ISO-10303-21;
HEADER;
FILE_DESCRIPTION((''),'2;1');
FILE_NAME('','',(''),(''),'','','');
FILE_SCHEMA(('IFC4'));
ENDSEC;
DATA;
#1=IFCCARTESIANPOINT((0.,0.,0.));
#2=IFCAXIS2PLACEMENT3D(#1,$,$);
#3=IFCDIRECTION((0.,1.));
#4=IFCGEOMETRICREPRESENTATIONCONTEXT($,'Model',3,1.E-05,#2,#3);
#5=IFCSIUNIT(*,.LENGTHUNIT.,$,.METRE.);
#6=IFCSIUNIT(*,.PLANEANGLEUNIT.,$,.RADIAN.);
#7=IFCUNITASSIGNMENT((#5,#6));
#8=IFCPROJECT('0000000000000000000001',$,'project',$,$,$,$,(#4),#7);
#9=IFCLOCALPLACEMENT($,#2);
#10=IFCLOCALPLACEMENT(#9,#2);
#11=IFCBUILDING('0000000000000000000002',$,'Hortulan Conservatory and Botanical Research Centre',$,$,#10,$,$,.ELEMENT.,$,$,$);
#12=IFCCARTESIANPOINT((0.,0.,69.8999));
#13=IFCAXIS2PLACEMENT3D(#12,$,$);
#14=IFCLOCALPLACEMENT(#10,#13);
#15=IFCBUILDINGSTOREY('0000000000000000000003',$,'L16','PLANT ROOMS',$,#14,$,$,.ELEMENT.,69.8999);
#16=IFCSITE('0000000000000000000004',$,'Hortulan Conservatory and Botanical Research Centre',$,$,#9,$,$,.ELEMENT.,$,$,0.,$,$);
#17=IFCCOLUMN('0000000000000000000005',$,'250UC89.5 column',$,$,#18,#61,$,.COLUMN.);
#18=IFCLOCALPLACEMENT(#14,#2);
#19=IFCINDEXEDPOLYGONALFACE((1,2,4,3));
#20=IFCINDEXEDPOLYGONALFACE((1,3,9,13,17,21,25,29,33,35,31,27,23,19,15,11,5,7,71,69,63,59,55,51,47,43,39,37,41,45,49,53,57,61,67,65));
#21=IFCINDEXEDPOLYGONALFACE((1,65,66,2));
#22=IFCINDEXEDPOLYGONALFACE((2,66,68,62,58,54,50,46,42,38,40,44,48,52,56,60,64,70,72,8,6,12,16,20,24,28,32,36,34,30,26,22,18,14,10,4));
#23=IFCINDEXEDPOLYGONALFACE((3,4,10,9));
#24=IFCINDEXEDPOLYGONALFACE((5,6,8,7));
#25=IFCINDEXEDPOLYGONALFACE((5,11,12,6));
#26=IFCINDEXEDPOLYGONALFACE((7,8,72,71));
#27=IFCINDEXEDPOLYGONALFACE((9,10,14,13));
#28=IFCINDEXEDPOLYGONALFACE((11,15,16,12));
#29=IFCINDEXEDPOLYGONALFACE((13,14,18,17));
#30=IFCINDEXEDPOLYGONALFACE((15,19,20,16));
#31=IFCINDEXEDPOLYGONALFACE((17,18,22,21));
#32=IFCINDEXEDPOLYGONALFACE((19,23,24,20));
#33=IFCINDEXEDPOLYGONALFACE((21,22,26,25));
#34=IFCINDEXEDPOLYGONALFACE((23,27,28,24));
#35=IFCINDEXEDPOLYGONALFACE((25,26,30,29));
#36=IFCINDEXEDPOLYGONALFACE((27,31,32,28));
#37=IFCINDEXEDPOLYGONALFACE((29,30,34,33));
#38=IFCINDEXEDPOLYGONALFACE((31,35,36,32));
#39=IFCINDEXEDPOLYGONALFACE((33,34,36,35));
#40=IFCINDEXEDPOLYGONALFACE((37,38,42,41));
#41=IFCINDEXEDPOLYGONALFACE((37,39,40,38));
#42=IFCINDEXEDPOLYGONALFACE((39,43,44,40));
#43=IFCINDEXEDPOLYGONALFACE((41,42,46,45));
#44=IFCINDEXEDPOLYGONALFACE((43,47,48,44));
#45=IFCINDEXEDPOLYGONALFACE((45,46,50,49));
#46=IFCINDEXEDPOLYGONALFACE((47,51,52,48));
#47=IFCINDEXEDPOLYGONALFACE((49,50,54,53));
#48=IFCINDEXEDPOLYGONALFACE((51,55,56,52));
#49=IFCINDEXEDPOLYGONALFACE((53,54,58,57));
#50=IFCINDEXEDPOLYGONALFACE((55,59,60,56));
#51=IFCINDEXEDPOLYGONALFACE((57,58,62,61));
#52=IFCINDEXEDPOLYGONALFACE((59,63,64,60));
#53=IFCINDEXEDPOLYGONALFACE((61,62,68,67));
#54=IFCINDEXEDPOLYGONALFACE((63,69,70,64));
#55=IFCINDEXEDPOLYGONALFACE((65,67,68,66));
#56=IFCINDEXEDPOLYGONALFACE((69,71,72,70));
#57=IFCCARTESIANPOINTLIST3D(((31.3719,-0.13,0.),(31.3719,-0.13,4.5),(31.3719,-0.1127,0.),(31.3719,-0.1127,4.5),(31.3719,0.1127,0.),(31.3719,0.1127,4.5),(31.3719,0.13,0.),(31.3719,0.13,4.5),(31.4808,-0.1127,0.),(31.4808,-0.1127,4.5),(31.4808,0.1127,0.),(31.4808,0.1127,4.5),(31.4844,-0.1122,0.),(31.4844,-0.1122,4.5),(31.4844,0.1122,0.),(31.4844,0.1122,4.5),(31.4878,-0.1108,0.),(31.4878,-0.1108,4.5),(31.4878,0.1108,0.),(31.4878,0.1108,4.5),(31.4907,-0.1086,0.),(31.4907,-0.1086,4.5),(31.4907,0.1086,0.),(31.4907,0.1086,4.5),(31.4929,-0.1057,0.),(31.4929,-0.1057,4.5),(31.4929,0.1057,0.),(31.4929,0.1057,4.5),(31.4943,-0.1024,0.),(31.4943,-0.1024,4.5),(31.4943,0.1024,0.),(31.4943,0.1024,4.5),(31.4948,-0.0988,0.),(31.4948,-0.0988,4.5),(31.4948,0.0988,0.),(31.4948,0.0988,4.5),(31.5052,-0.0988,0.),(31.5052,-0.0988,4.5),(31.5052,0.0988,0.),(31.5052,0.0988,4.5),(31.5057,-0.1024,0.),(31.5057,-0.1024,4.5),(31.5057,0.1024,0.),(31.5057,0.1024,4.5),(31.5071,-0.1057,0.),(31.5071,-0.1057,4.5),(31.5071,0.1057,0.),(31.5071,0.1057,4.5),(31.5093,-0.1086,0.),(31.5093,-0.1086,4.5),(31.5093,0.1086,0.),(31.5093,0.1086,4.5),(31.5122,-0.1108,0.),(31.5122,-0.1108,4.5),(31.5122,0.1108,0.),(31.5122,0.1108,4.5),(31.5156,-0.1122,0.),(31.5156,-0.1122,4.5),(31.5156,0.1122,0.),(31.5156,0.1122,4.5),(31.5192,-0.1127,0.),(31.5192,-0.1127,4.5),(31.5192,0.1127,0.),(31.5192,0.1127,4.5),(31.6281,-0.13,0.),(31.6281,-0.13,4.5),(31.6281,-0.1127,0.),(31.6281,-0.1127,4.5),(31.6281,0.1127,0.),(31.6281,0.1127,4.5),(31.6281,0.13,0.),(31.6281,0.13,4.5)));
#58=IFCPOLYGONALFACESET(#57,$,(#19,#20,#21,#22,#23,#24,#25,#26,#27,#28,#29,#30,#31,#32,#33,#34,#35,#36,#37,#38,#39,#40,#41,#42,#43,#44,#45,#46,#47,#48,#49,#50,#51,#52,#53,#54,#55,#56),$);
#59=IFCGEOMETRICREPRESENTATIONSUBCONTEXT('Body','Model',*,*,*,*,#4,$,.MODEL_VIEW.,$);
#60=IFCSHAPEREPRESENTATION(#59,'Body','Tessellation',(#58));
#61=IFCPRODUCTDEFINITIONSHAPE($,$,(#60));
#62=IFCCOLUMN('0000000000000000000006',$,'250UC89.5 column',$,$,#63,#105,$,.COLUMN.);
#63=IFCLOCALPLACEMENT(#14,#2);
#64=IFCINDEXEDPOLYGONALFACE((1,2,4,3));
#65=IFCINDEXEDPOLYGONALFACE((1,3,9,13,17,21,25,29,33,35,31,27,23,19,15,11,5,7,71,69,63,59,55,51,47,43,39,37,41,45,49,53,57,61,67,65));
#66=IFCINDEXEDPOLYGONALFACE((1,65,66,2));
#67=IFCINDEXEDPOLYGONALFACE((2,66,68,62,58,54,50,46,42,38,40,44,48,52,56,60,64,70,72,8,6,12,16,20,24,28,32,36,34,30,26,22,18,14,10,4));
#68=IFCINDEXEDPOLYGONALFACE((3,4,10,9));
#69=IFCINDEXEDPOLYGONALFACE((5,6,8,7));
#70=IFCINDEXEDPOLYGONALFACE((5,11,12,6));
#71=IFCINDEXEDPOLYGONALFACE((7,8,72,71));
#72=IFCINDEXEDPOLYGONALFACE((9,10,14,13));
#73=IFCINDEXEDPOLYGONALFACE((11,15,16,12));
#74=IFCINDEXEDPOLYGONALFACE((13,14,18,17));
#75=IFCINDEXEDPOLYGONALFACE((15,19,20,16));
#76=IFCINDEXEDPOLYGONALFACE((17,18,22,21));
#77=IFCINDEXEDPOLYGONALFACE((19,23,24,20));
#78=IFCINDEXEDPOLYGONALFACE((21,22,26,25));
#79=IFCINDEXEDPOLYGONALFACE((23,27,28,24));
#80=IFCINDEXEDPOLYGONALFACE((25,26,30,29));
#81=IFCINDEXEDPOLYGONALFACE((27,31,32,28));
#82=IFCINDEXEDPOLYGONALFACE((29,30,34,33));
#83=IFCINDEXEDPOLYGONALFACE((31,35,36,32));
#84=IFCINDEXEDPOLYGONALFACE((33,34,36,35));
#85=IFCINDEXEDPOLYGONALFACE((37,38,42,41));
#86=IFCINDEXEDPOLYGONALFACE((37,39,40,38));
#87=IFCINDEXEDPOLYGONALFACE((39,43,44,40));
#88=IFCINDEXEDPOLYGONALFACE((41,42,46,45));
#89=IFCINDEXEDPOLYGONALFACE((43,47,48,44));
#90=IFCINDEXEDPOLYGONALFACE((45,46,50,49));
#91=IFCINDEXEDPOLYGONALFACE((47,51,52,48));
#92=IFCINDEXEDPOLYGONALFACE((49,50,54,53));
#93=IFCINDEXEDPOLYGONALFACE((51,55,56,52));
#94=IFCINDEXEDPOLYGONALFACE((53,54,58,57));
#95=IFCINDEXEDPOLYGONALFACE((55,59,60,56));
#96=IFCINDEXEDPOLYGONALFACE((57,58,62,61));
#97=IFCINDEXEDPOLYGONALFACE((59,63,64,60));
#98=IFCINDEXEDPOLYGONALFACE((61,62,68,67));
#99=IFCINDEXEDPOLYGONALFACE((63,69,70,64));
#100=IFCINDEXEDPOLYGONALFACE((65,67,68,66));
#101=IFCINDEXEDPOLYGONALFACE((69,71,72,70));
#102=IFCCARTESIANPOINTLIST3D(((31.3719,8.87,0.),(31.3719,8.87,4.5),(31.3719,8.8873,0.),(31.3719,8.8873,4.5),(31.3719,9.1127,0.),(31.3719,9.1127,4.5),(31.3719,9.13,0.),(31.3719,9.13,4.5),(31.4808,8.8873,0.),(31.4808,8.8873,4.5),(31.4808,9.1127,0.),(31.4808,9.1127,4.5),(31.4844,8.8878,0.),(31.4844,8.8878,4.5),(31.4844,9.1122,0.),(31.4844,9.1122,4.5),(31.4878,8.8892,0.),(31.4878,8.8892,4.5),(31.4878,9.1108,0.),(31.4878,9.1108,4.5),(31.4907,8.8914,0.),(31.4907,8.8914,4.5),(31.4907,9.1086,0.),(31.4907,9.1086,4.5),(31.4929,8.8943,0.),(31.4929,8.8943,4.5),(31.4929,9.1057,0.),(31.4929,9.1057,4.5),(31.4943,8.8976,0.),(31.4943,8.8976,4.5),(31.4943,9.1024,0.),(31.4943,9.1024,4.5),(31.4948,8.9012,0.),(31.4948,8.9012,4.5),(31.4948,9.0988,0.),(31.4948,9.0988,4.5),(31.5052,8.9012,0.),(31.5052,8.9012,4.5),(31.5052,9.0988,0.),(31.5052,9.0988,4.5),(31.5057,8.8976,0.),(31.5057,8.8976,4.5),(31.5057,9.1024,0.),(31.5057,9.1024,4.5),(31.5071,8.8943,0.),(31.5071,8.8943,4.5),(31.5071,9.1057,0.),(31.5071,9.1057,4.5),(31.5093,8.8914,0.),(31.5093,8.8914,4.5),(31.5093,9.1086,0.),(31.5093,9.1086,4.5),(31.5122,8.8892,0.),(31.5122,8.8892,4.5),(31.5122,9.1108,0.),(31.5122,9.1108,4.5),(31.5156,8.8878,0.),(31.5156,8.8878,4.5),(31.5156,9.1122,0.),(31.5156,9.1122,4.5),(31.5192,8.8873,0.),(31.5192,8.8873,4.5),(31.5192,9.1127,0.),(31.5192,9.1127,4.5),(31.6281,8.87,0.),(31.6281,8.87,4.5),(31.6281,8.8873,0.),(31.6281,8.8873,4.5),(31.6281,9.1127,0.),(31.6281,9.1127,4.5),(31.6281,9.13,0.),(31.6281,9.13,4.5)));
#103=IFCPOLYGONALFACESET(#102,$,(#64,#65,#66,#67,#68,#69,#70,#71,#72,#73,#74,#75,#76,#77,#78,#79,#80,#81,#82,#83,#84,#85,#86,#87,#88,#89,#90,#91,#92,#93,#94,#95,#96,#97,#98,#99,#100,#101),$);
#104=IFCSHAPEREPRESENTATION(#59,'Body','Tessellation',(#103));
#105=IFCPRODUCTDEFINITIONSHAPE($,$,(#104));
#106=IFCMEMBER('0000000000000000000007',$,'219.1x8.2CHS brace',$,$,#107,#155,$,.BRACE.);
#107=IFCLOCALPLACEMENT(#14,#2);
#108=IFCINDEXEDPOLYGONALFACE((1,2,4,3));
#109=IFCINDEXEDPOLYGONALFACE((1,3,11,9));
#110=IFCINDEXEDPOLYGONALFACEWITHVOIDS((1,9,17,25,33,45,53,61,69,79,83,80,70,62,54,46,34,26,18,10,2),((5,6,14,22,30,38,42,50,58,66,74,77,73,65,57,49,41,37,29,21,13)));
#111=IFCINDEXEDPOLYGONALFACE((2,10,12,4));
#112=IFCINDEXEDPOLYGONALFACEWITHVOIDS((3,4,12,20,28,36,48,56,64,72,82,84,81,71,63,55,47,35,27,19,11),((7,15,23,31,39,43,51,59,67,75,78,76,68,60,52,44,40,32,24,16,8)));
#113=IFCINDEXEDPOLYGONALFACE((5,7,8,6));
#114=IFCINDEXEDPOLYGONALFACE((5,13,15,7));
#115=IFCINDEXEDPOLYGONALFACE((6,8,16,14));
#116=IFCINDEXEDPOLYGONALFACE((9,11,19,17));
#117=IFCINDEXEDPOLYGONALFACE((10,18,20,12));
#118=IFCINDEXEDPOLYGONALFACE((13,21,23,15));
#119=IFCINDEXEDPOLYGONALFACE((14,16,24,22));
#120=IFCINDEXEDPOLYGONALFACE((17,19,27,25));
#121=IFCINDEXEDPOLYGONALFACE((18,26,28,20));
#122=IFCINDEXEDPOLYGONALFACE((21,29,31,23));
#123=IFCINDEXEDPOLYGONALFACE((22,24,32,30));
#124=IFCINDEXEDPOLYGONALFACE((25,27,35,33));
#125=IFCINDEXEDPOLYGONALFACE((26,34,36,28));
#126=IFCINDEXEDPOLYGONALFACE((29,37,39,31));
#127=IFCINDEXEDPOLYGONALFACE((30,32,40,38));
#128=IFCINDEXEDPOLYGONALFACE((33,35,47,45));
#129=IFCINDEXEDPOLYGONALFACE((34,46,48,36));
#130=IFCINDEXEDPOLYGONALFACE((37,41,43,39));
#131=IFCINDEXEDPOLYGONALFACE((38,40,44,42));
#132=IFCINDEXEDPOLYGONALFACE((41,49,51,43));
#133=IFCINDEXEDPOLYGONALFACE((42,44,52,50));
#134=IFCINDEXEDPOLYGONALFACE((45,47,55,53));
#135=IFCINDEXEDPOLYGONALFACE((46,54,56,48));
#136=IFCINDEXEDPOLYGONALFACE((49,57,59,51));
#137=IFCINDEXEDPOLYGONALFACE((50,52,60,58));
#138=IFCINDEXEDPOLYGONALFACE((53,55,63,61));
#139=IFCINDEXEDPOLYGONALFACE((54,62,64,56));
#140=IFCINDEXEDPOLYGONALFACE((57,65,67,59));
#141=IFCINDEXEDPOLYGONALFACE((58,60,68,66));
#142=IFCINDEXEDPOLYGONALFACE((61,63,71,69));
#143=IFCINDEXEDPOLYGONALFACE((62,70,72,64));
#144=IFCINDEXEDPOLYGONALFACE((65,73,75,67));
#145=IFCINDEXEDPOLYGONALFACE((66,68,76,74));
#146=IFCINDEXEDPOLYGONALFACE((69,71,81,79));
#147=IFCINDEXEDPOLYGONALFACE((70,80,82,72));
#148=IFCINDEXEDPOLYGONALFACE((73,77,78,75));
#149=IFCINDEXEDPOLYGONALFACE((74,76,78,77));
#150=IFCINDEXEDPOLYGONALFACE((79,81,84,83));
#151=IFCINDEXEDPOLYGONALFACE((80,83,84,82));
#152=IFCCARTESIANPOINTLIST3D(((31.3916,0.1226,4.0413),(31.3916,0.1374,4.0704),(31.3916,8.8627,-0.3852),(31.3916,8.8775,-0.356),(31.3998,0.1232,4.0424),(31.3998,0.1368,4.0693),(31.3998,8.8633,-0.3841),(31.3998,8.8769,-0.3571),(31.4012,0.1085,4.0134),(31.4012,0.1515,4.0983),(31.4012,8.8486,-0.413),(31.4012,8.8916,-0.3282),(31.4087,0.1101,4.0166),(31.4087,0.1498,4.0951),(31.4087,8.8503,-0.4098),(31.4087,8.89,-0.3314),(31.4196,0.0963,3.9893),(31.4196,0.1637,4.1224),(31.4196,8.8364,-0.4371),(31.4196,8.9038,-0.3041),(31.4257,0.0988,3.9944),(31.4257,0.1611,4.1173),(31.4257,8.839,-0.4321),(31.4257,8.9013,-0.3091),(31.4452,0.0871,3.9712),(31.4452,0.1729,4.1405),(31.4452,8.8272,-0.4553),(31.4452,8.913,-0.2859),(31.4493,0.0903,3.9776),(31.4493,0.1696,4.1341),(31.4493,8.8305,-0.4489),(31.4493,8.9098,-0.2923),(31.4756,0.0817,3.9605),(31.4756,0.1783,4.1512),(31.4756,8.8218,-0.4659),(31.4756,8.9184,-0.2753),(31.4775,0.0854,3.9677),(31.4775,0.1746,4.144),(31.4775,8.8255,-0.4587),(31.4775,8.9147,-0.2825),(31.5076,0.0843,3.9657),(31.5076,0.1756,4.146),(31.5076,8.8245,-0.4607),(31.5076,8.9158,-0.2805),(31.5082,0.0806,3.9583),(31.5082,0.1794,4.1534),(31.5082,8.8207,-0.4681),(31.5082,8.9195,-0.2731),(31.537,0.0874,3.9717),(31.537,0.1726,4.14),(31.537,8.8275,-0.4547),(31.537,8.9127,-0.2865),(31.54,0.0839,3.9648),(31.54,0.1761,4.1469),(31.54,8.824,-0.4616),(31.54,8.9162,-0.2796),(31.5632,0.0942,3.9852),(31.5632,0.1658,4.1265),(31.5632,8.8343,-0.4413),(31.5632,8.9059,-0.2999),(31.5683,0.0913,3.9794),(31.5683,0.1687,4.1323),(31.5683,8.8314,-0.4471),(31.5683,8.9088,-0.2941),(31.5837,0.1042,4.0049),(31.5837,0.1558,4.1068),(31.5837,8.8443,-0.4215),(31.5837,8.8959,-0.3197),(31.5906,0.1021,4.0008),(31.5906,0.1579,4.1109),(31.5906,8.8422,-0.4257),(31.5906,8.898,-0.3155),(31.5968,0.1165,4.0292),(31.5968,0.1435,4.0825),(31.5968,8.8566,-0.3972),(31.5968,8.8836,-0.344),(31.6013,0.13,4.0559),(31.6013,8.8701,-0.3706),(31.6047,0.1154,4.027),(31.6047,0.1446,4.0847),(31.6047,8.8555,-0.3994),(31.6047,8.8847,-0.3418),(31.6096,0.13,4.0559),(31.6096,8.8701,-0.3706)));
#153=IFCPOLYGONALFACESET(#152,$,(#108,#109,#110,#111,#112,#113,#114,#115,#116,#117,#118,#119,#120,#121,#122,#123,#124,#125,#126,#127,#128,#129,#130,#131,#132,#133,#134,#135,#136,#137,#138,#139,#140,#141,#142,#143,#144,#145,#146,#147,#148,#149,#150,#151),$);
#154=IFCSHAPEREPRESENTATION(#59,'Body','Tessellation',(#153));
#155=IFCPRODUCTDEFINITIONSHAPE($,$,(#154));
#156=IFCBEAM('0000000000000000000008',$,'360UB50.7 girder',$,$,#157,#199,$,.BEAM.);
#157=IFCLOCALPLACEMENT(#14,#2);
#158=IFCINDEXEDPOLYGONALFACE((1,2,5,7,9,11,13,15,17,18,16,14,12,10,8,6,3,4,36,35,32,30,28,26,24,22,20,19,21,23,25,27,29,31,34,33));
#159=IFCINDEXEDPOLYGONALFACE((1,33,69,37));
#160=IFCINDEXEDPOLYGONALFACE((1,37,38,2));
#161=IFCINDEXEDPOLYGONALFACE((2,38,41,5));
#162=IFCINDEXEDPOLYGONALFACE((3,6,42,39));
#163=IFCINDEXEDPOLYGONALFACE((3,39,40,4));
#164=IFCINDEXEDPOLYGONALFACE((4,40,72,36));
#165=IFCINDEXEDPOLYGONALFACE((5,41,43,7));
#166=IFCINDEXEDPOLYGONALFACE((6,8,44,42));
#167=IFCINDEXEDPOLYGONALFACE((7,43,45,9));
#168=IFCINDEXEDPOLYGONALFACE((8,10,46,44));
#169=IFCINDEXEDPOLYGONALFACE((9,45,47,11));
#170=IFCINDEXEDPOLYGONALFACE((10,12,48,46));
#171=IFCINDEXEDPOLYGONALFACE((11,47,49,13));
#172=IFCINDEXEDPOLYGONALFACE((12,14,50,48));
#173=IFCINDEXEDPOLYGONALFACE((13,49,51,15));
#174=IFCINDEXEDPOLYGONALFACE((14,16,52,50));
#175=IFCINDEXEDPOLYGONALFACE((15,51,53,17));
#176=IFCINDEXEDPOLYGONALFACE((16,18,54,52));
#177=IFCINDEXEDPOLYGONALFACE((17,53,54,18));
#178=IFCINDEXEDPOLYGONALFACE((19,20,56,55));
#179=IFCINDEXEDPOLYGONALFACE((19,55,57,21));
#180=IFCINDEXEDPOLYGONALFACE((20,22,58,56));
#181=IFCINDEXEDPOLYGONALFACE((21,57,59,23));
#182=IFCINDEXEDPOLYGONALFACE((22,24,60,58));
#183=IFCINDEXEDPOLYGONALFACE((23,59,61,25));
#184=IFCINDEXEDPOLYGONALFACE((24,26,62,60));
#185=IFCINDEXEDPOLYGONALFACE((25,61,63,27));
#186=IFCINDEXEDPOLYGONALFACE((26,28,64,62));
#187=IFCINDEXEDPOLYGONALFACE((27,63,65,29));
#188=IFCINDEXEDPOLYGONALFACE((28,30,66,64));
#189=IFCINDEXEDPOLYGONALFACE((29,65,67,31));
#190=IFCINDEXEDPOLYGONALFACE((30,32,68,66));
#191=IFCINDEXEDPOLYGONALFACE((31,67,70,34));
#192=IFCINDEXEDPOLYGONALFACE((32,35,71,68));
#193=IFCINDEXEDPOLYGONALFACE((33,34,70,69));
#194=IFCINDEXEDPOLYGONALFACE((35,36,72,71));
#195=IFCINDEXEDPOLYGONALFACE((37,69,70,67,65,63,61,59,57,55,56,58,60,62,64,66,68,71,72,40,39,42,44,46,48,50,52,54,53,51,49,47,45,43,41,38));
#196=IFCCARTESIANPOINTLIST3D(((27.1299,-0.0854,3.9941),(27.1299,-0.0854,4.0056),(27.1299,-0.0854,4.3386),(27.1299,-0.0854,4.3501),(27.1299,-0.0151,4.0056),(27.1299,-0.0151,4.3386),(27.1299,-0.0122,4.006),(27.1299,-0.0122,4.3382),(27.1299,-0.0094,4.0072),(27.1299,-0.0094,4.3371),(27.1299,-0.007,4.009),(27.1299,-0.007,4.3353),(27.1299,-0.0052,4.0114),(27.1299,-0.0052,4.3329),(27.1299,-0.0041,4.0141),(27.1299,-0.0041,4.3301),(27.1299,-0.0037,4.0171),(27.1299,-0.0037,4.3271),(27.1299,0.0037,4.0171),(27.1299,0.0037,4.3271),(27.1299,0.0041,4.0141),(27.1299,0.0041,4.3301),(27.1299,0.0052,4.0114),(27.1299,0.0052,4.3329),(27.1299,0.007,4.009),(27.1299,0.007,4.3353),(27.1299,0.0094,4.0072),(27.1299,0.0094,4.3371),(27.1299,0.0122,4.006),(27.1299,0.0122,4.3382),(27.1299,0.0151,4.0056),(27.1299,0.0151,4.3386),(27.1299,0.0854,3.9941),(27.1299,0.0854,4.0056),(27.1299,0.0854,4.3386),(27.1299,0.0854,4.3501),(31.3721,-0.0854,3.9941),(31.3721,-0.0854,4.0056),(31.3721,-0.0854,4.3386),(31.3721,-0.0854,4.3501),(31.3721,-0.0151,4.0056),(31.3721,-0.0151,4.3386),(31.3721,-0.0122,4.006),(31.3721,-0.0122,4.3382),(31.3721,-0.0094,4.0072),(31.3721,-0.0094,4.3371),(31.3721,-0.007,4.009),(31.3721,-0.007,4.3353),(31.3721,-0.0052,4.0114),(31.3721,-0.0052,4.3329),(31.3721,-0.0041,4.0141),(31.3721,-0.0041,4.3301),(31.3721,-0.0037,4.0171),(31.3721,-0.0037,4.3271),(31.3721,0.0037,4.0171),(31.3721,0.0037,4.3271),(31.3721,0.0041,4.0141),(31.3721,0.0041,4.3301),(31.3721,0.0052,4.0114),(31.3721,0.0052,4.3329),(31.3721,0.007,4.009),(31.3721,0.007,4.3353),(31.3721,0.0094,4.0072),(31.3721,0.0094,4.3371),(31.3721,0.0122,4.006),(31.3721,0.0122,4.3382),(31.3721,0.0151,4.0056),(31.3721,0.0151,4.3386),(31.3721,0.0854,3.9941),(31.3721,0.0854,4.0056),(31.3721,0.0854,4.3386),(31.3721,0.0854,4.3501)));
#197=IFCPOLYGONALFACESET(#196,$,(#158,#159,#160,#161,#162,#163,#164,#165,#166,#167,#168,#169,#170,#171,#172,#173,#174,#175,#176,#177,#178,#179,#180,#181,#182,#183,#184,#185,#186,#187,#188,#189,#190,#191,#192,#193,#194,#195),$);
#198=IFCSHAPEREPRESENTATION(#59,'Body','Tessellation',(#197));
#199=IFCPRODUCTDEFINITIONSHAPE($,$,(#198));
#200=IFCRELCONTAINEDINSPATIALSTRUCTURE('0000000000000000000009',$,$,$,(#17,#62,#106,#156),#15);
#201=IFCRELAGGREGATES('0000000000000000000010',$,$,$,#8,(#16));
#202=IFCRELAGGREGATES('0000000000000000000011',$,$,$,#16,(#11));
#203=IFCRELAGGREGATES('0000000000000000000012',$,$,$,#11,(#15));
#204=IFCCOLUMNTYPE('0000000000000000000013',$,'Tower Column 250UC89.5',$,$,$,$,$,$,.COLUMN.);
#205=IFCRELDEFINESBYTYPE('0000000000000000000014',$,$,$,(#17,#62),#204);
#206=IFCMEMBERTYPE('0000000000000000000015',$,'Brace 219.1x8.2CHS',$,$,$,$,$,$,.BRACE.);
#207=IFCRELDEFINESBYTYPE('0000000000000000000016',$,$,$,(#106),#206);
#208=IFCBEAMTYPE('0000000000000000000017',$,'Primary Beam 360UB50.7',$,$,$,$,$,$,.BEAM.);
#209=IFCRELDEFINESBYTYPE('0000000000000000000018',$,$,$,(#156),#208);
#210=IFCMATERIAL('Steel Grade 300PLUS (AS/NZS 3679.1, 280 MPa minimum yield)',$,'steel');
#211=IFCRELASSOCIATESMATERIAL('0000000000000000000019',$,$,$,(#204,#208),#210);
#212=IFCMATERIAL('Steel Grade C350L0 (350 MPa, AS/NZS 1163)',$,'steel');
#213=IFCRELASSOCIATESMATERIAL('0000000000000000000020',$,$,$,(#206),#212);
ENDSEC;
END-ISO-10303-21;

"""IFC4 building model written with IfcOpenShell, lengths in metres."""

from ifc_helpers import new_model, si_unit, direction, frame, origin, origin_2d, place, context, subcontext, project, spatial, hollow_circle, i_section, extrude, material, material_profile, profile_set, type_object, element, save


model = new_model("IFC4")

# Units and contexts
model_context = context("Model", 3, precision=1e-05, world=origin(), true_north=direction((0.0, 1.0)))
body_context = subcontext(model_context, "Body", "Model", "MODEL_VIEW")
ifc_project = project(units=[si_unit("LENGTHUNIT", "METRE"), si_unit("PLANEANGLEUNIT", "RADIAN")], contexts=[model_context])

# Site, building, storey
site_placement = place(None, origin())
site = spatial("IfcSite", under=ifc_project, at=site_placement, Name="Hortulan Conservatory and Botanical Research Centre", CompositionType="ELEMENT", RefElevation=0.0)
building_placement = place(site_placement, origin())
building = spatial("IfcBuilding", under=site, at=building_placement, Name="Hortulan Conservatory and Botanical Research Centre", CompositionType="ELEMENT")
storey_placement = place(building_placement, frame((0.0, 0.0, 69.8999)))
storey = spatial("IfcBuildingStorey", under=building, at=storey_placement, Name="L16", Description="PLANT ROOMS", CompositionType="ELEMENT", Elevation=69.8999)

# Columns
ifc_material_1 = material(Name="Steel Grade 300PLUS (AS/NZS 3679.1, 280 MPa minimum yield)", Category="steel")
ifc_material_profile_1 = material_profile(ifc_material_1, i_section(OverallWidth=0.2561, OverallDepth=0.26, WebThickness=0.0105, FlangeThickness=0.0173, FilletRadius=0.0139, at=origin_2d()), Name="250UC89.5")
ifc_profile_set_1 = profile_set([ifc_material_profile_1], Name="Steel Grade 300PLUS (AS/NZS 3679.1, 280 MPa minimum yield)")
column_type = type_object("IfcColumnType", Name="Tower Column 250UC89.5", PredefinedType="COLUMN", material=ifc_profile_set_1)
for number, where, z_axis, x_axis, name in (
    (1, (31.5, 0.0, 0.0), (0.0, 0.0, 1.0), (1.0, 0.0, 0.0), "250UC89.5 column"),
    (2, (31.5, 9.0, 0.0), (0.0, 0.0, 1.0), (1.0, 0.0, 0.0), "250UC89.5 column"),
):
    element("IfcColumn", number, at=place(storey_placement, frame(where, z_axis=z_axis, x_axis=x_axis)), inside=storey, type_object=column_type, Name=name, PredefinedType="COLUMN", context=body_context, shape_type="SweptSolid", body=[
        extrude(i_section(OverallWidth=0.2561, OverallDepth=0.26, WebThickness=0.0105, FlangeThickness=0.0173, FilletRadius=0.0139, at=origin_2d()), origin(), (0.0, 0.0, 1.0), 4.5),
    ])

# Member
ifc_material_2 = material(Name="Steel Grade C350L0 (350 MPa, AS/NZS 1163)", Category="steel")
ifc_material_profile_2 = material_profile(ifc_material_2, hollow_circle(Radius=0.1096, WallThickness=0.0083, at=origin_2d()), Name="219.1x8.2CHS")
ifc_profile_set_2 = profile_set([ifc_material_profile_2], Name="Steel Grade C350L0 (350 MPa, AS/NZS 1163)")
member_type = type_object("IfcMemberType", Name="Brace 219.1x8.2CHS", PredefinedType="BRACE", material=ifc_profile_set_2)
member_placement = place(storey_placement, frame((31.5, 8.8701, -0.3706), z_axis=(0.0, -0.892113, 0.451813), x_axis=(1.0, 0.0, 0.0)))
element("IfcMember", 3, at=member_placement, inside=storey, type_object=member_type, Name="219.1x8.2CHS brace", PredefinedType="BRACE", context=body_context, shape_type="SweptSolid", body=[
    extrude(hollow_circle(Radius=0.1096, WallThickness=0.0083, at=origin_2d()), origin(), (0.0, 0.0, 1.0), 9.7971),
])

# Beam
ifc_material_profile_3 = material_profile(ifc_material_1, i_section(OverallWidth=0.1709, OverallDepth=0.356, WebThickness=0.0073, FlangeThickness=0.0115, FilletRadius=0.0115, at=origin_2d()), Name="360UB50.7")
ifc_profile_set_3 = profile_set([ifc_material_profile_3], Name="Steel Grade 300PLUS (AS/NZS 3679.1, 280 MPa minimum yield)")
beam_type_1 = type_object("IfcBeamType", Name="Primary Beam 360UB50.7", PredefinedType="BEAM", material=ifc_profile_set_3)
beam_1_placement = place(storey_placement, frame((27.1299, 0.0, 4.1721), z_axis=(1.0, 0.0, 0.0), x_axis=(0.0, 1.0, 0.0)))
element("IfcBeam", 4, at=beam_1_placement, inside=storey, type_object=beam_type_1, Name="360UB50.7 girder", PredefinedType="BEAM", context=body_context, shape_type="SweptSolid", body=[
    extrude(i_section(OverallWidth=0.1709, OverallDepth=0.356, WebThickness=0.0073, FlangeThickness=0.0115, FilletRadius=0.0115, at=origin_2d()), origin(), (0.0, 0.0, 1.0), 4.2422),
])

save(model, "model.ifc")
